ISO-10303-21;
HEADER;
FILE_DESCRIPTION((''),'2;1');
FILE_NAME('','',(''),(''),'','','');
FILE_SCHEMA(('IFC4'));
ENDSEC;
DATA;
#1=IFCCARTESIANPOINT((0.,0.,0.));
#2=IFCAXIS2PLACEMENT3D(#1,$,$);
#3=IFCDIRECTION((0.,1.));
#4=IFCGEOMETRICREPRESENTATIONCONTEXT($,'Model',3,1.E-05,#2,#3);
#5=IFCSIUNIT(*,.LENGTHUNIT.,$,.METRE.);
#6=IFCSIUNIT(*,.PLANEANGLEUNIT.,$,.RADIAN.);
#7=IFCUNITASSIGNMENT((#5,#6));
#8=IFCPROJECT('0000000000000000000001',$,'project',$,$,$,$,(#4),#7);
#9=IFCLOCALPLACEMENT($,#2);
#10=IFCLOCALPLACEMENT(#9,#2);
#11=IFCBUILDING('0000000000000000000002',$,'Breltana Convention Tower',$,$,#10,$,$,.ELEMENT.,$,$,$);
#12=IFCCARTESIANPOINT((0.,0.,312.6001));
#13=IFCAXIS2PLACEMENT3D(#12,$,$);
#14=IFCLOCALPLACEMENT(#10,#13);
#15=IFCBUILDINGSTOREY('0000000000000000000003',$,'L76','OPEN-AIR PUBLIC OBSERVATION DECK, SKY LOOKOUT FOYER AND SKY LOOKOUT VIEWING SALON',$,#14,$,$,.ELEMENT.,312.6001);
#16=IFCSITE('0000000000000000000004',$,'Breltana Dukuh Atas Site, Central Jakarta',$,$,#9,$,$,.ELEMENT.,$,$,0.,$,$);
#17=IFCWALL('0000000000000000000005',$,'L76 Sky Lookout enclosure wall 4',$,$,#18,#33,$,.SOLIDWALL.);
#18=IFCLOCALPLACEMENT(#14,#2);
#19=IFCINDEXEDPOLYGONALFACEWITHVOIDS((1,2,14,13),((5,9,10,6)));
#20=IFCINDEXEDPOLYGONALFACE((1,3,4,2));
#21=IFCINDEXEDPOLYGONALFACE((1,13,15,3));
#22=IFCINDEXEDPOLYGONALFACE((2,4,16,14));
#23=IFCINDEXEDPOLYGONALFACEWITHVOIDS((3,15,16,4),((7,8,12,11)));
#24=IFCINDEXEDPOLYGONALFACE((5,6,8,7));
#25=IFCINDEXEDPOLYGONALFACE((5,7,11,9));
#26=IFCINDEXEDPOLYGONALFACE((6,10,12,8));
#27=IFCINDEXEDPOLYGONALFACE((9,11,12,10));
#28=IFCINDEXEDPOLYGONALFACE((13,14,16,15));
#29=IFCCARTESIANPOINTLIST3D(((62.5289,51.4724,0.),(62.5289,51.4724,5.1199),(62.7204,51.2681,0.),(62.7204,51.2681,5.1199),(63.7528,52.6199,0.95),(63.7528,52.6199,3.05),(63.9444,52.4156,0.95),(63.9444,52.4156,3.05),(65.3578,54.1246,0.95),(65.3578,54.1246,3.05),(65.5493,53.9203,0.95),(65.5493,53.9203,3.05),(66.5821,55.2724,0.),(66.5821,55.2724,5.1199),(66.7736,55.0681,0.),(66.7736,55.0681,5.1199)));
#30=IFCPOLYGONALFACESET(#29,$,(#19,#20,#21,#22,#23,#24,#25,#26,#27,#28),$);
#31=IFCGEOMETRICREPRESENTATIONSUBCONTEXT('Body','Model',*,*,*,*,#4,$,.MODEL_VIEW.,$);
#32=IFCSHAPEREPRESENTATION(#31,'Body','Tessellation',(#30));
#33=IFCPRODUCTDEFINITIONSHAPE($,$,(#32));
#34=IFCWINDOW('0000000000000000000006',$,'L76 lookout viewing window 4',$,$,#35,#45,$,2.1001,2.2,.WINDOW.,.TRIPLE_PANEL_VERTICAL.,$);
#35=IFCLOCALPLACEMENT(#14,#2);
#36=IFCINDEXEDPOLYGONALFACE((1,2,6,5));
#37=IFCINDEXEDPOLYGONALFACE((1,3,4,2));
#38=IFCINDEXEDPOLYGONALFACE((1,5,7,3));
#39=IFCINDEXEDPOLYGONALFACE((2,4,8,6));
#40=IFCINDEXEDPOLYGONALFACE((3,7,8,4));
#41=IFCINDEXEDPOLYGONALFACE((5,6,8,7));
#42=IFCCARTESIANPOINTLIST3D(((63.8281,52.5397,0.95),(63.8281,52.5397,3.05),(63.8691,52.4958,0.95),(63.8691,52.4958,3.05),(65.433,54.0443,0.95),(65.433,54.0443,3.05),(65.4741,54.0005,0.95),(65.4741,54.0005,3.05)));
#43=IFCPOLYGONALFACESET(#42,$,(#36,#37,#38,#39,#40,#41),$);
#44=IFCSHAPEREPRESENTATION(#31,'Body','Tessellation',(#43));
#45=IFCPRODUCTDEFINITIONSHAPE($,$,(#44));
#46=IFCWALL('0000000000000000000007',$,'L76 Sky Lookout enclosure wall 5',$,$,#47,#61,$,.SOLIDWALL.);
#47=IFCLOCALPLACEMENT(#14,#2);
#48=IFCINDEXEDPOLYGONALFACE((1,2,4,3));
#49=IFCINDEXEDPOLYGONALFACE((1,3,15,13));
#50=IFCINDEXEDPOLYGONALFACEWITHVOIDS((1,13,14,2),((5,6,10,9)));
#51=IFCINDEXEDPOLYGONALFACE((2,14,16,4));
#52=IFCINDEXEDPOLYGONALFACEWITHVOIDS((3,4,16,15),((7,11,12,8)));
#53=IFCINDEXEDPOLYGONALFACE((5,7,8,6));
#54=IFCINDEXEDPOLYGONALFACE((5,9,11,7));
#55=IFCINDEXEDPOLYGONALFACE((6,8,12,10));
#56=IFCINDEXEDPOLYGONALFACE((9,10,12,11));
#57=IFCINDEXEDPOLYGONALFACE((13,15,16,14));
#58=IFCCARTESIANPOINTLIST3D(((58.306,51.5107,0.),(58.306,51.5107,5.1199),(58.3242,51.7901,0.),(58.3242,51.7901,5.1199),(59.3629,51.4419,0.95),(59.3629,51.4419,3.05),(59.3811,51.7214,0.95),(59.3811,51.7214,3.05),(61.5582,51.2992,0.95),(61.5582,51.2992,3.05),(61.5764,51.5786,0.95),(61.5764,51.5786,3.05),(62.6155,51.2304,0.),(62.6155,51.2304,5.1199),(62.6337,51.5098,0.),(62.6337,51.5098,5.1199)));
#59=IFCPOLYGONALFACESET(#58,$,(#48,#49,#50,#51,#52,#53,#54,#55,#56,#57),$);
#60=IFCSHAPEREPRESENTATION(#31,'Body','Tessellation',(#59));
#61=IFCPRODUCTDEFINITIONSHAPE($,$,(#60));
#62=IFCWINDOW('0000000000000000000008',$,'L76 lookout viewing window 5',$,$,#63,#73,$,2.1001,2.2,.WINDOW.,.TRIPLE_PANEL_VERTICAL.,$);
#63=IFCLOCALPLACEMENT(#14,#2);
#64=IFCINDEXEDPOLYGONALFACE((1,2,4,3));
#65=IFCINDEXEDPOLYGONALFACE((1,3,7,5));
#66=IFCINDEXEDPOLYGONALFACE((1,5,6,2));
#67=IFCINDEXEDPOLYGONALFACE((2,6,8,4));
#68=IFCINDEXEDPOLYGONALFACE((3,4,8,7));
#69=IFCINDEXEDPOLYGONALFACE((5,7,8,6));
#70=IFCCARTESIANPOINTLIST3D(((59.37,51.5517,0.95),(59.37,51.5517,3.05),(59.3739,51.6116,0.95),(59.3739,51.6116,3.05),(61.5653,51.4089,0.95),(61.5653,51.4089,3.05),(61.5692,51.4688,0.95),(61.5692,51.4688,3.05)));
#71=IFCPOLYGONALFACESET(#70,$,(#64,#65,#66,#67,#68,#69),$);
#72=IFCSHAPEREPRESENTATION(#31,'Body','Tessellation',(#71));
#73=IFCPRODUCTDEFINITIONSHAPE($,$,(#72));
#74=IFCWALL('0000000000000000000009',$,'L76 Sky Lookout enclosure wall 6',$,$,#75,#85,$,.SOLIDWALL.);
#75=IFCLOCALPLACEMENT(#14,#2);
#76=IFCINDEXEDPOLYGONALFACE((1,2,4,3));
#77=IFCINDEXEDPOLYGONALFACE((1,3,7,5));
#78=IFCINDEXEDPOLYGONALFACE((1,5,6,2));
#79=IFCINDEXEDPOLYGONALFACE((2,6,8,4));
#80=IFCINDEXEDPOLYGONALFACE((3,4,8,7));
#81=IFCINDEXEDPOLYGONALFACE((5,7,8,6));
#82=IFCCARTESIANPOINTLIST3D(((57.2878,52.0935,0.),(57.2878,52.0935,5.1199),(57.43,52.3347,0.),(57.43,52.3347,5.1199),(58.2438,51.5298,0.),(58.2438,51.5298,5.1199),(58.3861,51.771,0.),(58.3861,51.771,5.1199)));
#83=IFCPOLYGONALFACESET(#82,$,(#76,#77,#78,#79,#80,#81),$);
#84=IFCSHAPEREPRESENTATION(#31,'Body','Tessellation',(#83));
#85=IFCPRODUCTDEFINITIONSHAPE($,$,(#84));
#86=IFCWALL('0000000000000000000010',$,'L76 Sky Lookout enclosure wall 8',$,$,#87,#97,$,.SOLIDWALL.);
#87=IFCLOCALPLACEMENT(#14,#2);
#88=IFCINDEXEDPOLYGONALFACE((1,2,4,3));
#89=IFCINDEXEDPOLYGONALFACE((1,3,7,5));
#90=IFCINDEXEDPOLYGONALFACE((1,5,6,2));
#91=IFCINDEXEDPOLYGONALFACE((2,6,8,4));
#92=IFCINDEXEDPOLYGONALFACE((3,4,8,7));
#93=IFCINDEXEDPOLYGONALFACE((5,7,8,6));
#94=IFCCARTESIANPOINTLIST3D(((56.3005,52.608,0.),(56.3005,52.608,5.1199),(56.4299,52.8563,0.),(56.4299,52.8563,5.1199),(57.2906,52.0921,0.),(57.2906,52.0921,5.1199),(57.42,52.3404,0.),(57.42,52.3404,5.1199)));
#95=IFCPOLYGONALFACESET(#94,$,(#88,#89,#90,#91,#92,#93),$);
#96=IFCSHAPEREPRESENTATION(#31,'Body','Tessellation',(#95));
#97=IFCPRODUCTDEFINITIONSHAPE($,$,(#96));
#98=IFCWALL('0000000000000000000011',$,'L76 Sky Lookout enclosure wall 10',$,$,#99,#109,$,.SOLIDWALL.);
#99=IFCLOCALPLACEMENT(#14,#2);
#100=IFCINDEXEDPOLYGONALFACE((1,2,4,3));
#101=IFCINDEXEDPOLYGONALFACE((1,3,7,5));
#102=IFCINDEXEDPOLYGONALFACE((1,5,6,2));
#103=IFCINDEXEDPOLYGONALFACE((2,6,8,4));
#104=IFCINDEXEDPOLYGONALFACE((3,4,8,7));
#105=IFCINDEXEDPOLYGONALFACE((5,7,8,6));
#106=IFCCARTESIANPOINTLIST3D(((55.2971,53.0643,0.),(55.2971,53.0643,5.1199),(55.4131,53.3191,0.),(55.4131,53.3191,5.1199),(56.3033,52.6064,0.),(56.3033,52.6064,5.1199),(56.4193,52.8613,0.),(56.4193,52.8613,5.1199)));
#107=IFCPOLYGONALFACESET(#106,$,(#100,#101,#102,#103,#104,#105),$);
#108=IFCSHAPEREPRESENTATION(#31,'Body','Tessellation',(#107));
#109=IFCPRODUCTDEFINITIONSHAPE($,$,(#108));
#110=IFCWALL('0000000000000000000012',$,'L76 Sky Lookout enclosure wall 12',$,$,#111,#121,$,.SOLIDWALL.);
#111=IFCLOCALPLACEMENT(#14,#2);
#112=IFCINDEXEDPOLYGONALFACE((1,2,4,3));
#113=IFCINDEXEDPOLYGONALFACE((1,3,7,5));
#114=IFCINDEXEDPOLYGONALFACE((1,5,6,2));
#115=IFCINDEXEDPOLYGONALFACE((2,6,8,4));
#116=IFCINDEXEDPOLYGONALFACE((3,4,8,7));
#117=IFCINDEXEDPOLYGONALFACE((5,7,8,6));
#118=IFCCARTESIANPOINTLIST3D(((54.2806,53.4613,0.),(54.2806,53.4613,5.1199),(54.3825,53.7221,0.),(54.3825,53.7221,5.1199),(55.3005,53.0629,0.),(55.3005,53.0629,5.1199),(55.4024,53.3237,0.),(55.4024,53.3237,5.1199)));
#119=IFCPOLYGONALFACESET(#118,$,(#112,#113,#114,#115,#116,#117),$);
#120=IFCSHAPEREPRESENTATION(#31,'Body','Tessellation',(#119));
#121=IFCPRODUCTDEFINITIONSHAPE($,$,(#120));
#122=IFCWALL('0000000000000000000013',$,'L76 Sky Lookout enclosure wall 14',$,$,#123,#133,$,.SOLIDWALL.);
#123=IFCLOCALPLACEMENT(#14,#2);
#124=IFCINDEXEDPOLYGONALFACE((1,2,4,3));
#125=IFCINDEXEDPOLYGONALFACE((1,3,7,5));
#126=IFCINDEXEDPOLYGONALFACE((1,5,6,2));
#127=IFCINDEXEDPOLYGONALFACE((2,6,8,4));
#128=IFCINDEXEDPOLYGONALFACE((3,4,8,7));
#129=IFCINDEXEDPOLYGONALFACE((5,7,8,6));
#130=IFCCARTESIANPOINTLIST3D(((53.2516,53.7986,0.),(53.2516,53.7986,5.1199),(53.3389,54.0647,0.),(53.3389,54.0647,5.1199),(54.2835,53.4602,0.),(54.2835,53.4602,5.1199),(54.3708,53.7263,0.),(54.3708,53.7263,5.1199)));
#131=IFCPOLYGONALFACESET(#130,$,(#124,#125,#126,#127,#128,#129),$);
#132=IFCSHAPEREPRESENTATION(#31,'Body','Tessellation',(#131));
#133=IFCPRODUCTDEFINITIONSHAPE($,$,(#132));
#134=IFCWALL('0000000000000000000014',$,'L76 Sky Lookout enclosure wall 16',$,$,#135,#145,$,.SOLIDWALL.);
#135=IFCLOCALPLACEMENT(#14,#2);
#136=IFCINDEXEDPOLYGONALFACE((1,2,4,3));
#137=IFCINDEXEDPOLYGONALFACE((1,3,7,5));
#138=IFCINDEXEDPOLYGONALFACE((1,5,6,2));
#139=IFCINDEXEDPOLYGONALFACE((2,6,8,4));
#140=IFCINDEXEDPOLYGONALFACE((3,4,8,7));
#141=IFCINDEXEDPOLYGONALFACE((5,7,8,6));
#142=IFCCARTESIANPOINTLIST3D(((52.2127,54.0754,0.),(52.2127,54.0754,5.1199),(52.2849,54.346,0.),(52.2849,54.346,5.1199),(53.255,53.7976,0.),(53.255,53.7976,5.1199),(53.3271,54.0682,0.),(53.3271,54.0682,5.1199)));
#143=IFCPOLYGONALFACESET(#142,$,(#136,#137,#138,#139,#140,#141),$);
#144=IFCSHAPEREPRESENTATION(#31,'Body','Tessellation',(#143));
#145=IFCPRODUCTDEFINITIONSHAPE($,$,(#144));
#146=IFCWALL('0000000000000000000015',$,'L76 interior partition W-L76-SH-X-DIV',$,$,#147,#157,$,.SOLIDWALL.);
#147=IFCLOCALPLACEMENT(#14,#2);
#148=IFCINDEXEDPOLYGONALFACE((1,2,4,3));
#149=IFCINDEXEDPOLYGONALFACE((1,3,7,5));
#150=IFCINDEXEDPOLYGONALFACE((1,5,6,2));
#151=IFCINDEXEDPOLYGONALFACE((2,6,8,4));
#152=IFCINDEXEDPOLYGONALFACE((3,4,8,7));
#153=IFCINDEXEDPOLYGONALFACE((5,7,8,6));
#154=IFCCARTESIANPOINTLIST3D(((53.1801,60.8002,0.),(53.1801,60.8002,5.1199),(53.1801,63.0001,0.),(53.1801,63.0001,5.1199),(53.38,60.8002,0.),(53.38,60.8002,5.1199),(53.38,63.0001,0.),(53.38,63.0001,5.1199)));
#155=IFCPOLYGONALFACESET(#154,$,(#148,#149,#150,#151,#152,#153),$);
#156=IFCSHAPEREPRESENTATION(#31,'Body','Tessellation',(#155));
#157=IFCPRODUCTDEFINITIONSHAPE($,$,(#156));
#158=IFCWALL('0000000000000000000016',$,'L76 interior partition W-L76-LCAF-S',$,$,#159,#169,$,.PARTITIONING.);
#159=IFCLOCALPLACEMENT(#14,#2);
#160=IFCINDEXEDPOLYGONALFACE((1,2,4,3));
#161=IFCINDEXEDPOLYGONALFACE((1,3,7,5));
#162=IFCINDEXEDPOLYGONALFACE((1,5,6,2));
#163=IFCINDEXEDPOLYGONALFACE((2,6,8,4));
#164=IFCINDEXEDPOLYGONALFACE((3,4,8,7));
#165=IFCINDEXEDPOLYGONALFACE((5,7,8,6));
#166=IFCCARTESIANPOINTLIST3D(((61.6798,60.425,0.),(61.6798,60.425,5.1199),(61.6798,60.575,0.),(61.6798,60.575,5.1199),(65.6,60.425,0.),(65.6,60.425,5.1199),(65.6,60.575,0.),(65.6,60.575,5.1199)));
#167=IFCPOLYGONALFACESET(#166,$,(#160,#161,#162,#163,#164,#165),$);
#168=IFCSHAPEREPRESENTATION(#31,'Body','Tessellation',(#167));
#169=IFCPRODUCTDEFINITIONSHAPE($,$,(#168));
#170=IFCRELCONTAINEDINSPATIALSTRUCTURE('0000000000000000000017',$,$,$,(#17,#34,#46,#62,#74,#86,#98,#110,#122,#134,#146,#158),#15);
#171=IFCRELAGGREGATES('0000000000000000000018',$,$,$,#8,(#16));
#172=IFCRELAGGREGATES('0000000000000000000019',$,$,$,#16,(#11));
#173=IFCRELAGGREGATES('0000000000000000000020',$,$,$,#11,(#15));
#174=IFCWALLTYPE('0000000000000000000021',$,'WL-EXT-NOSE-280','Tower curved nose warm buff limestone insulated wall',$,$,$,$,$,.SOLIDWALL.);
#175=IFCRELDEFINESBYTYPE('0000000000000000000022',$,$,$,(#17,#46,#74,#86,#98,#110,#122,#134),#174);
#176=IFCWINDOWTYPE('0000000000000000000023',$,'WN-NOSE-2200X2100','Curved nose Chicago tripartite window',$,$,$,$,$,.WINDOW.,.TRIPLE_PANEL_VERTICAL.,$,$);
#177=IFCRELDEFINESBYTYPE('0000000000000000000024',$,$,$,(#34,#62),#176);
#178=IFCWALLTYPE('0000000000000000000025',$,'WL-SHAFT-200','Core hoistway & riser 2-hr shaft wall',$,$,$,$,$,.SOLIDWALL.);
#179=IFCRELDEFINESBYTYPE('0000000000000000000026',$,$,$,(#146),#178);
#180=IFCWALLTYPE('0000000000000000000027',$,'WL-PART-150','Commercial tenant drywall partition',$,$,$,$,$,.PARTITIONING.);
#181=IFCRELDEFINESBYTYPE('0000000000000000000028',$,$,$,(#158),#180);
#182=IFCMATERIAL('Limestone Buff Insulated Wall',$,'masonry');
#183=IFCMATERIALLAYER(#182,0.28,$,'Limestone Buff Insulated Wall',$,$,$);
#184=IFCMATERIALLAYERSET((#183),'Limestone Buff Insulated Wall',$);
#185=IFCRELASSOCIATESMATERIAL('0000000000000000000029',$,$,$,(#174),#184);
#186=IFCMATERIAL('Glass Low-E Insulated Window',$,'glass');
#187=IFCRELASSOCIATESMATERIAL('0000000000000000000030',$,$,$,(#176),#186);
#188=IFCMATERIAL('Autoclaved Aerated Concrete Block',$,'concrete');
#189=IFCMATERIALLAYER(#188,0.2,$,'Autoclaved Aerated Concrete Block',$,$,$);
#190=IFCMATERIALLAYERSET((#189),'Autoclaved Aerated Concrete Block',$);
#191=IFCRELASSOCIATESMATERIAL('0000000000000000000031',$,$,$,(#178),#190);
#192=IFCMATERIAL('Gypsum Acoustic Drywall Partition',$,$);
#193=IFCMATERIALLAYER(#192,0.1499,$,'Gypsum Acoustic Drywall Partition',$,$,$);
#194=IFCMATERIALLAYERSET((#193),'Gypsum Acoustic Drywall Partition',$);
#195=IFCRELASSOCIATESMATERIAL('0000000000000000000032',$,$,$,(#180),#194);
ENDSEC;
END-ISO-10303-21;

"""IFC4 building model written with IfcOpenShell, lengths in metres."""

from ifc_helpers import new_model, si_unit, direction, frame, frame_2d, origin, place, context, subcontext, project, spatial, rectangle, extrude, source, transform, mapped, material, layer, layer_set, type_object, type_shapes, element, fill, save


model = new_model("IFC4")

# Units and contexts
model_context = context("Model", 3, precision=1e-05, world=origin(), true_north=direction((0.0, 1.0)))
body_context = subcontext(model_context, "Body", "Model", "MODEL_VIEW")
ifc_project = project(units=[si_unit("LENGTHUNIT", "METRE"), si_unit("PLANEANGLEUNIT", "RADIAN")], contexts=[model_context])

# Site, building, storey
site_placement = place(None, origin())
site = spatial("IfcSite", under=ifc_project, at=site_placement, Name="Breltana Dukuh Atas Site, Central Jakarta", CompositionType="ELEMENT", RefElevation=0.0)
building_placement = place(site_placement, origin())
building = spatial("IfcBuilding", under=site, at=building_placement, Name="Breltana Convention Tower", CompositionType="ELEMENT")
storey_placement = place(building_placement, frame((0.0, 0.0, 312.6001)))
storey = spatial("IfcBuildingStorey", under=building, at=storey_placement, Name="L76", Description="OPEN-AIR PUBLIC OBSERVATION DECK, SKY LOOKOUT FOYER AND SKY LOOKOUT VIEWING SALON", CompositionType="ELEMENT", Elevation=312.6001)

# Walls, openings, windows
ifc_material_1 = material(Name="Limestone Buff Insulated Wall", Category="masonry")
ifc_layer_1 = layer(ifc_material_1, 0.28, Name="Limestone Buff Insulated Wall")
ifc_layer_set_1 = layer_set([ifc_layer_1], Name="Limestone Buff Insulated Wall")
wall_type_1 = type_object("IfcWallType", Name="WL-EXT-NOSE-280", Description="Tower curved nose warm buff limestone insulated wall", PredefinedType="SOLIDWALL", material=ifc_layer_set_1)
ifc_material_2 = material(Name="Glass Low-E Insulated Window", Category="glass")
window_type = type_object("IfcWindowType", Name="WN-NOSE-2200X2100", Description="Curved nose Chicago tripartite window", PartitioningType="TRIPLE_PANEL_VERTICAL", PredefinedType="WINDOW", material=ifc_material_2)
shared_shape_1 = source(origin(), body_context, "Body", "SweptSolid", [
    extrude(rectangle(XDim=2.2, YDim=2.1001, at=frame_2d((1.1001, 1.05))), frame((0.0, 0.03, 0.0), z_axis=(0.0, -1.0, 0.0), x_axis=(1.0, 0.0, 0.0)), (0.0, 0.0, 1.0), 0.0601),
])
type_shapes(window_type, [shared_shape_1])
shared_shape_2 = source(origin(), body_context, "Body", "SweptSolid", [
    extrude(rectangle(XDim=5.5559, YDim=0.28, at=frame_2d((2.7778, 0.0))), origin(), (0.0, 0.0, 1.0), 5.1199),
])
wall_1_placement = place(storey_placement, frame((66.6777, 55.1702, 0.0), z_axis=(0.0, 0.0, 1.0), x_axis=(-0.729524, -0.683956, 0.0)))
wall_1 = element("IfcWall", 1, at=wall_1_placement, inside=storey, type_object=wall_type_1, Name="L76 Sky Lookout enclosure wall 4", PredefinedType="SOLIDWALL", context=body_context, shape_type="MappedRepresentation", body=[
    mapped(shared_shape_2, transform((0.0, 0.0, 0.0), scale=1.0)),
])
opening_1_placement = place(wall_1_placement, frame((1.678, 0.0, 0.95)))
opening_1 = element("IfcOpeningElement", 2, at=opening_1_placement, cuts=wall_1, PredefinedType="OPENING", context=body_context, shape_type="SweptSolid", body=[
    extrude(rectangle(XDim=2.2, YDim=2.1001, at=frame_2d((1.1001, 1.05))), frame((0.0, 0.1499, 0.0), z_axis=(0.0, -1.0, 0.0), x_axis=(1.0, 0.0, 0.0)), (0.0, 0.0, 1.0), 0.3),
])
window_1_placement = place(opening_1_placement, origin())
window_1 = element("IfcWindow", 3, at=window_1_placement, inside=storey, type_object=window_type, Name="L76 lookout viewing window 4", OverallHeight=2.1001, OverallWidth=2.2, PartitioningType="TRIPLE_PANEL_VERTICAL", PredefinedType="WINDOW", context=body_context, shape_type="MappedRepresentation", body=[
    mapped(shared_shape_1, transform((0.0, 0.0, 0.0), scale=1.0)),
])
fill(opening_1, window_1)
shared_shape_3 = source(origin(), body_context, "Body", "SweptSolid", [
    extrude(rectangle(XDim=4.3186, YDim=0.28, at=frame_2d((2.1592, 0.0))), origin(), (0.0, 0.0, 1.0), 5.1199),
])
wall_2_placement = place(storey_placement, frame((62.6245, 51.3701, 0.0), z_axis=(0.0, 0.0, 1.0), x_axis=(-0.997892, 0.064898, 0.0)))
wall_2 = element("IfcWall", 4, at=wall_2_placement, inside=storey, type_object=wall_type_1, Name="L76 Sky Lookout enclosure wall 5", PredefinedType="SOLIDWALL", context=body_context, shape_type="MappedRepresentation", body=[
    mapped(shared_shape_3, transform((0.0, 0.0, 0.0), scale=1.0)),
])
opening_2_placement = place(wall_2_placement, frame((1.0593, 0.0, 0.95)))
opening_2 = element("IfcOpeningElement", 5, at=opening_2_placement, cuts=wall_2, PredefinedType="OPENING", context=body_context, shape_type="SweptSolid", body=[
    extrude(rectangle(XDim=2.2, YDim=2.1001, at=frame_2d((1.1001, 1.05))), frame((0.0, 0.1499, 0.0), z_axis=(0.0, -1.0, 0.0), x_axis=(1.0, 0.0, 0.0)), (0.0, 0.0, 1.0), 0.3),
])
window_2_placement = place(opening_2_placement, origin())
window_2 = element("IfcWindow", 6, at=window_2_placement, inside=storey, type_object=window_type, Name="L76 lookout viewing window 5", OverallHeight=2.1001, OverallWidth=2.2, PartitioningType="TRIPLE_PANEL_VERTICAL", PredefinedType="WINDOW", context=body_context, shape_type="MappedRepresentation", body=[
    mapped(shared_shape_1, transform((0.0, 0.0, 0.0), scale=1.0)),
])
fill(opening_2, window_2)

# Walls
shared_shape_4 = source(origin(), body_context, "Body", "SweptSolid", [
    extrude(rectangle(XDim=1.1099, YDim=0.28, at=frame_2d((0.5549, 0.0))), origin(), (0.0, 0.0, 1.0), 5.1199),
])
wall_3_placement = place(storey_placement, frame((58.3149, 51.6504, 0.0), z_axis=(0.0, 0.0, 1.0), x_axis=(-0.861408, 0.507914, 0.0)))
element("IfcWall", 7, at=wall_3_placement, inside=storey, type_object=wall_type_1, Name="L76 Sky Lookout enclosure wall 6", PredefinedType="SOLIDWALL", context=body_context, shape_type="MappedRepresentation", body=[
    mapped(shared_shape_4, transform((0.0, 0.0, 0.0), scale=1.0)),
])
shared_shape_5 = source(origin(), body_context, "Body", "SweptSolid", [
    extrude(rectangle(XDim=1.1165, YDim=0.28, at=frame_2d((0.5581, 0.0))), origin(), (0.0, 0.0, 1.0), 5.1199),
])
wall_4_placement = place(storey_placement, frame((57.3552, 52.2163, 0.0), z_axis=(0.0, 0.0, 1.0), x_axis=(-0.886823, 0.46211, 0.0)))
element("IfcWall", 8, at=wall_4_placement, inside=storey, type_object=wall_type_1, Name="L76 Sky Lookout enclosure wall 8", PredefinedType="SOLIDWALL", context=body_context, shape_type="MappedRepresentation", body=[
    mapped(shared_shape_5, transform((0.0, 0.0, 0.0), scale=1.0)),
])
shared_shape_6 = source(origin(), body_context, "Body", "SweptSolid", [
    extrude(rectangle(XDim=1.1055, YDim=0.28, at=frame_2d((0.5527, 0.0))), origin(), (0.0, 0.0, 1.0), 5.1199),
])
wall_5_placement = place(storey_placement, frame((56.3613, 52.7339, 0.0), z_axis=(0.0, 0.0, 1.0), x_axis=(-0.910215, 0.414136, 0.0)))
element("IfcWall", 9, at=wall_5_placement, inside=storey, type_object=wall_type_1, Name="L76 Sky Lookout enclosure wall 10", PredefinedType="SOLIDWALL", context=body_context, shape_type="MappedRepresentation", body=[
    mapped(shared_shape_6, transform((0.0, 0.0, 0.0), scale=1.0)),
])
shared_shape_7 = source(origin(), body_context, "Body", "SweptSolid", [
    extrude(rectangle(XDim=1.095, YDim=0.28, at=frame_2d((0.5474, 0.0))), origin(), (0.0, 0.0, 1.0), 5.1199),
])
wall_6_placement = place(storey_placement, frame((55.3513, 53.1934, 0.0), z_axis=(0.0, 0.0, 1.0), x_axis=(-0.93146, 0.363844, 0.0)))
element("IfcWall", 10, at=wall_6_placement, inside=storey, type_object=wall_type_1, Name="L76 Sky Lookout enclosure wall 12", PredefinedType="SOLIDWALL", context=body_context, shape_type="MappedRepresentation", body=[
    mapped(shared_shape_7, transform((0.0, 0.0, 0.0), scale=1.0)),
])
shared_shape_8 = source(origin(), body_context, "Body", "SweptSolid", [
    extrude(rectangle(XDim=1.0859, YDim=0.28, at=frame_2d((0.543, 0.0))), origin(), (0.0, 0.0, 1.0), 5.1199),
])
wall_7_placement = place(storey_placement, frame((54.3271, 53.5933, 0.0), z_axis=(0.0, 0.0, 1.0), x_axis=(-0.950223, 0.311571, 0.0)))
element("IfcWall", 11, at=wall_7_placement, inside=storey, type_object=wall_type_1, Name="L76 Sky Lookout enclosure wall 14", PredefinedType="SOLIDWALL", context=body_context, shape_type="MappedRepresentation", body=[
    mapped(shared_shape_8, transform((0.0, 0.0, 0.0), scale=1.0)),
])
shared_shape_9 = source(origin(), body_context, "Body", "SweptSolid", [
    extrude(rectangle(XDim=1.0786, YDim=0.28, at=frame_2d((0.5393, 0.0))), origin(), (0.0, 0.0, 1.0), 5.1199),
])
wall_8_placement = place(storey_placement, frame((53.291, 53.9329, 0.0), z_axis=(0.0, 0.0, 1.0), x_axis=(-0.966257, 0.257578, 0.0)))
element("IfcWall", 12, at=wall_8_placement, inside=storey, type_object=wall_type_1, Name="L76 Sky Lookout enclosure wall 16", PredefinedType="SOLIDWALL", context=body_context, shape_type="MappedRepresentation", body=[
    mapped(shared_shape_9, transform((0.0, 0.0, 0.0), scale=1.0)),
])
ifc_material_3 = material(Name="Autoclaved Aerated Concrete Block", Category="concrete")
ifc_layer_2 = layer(ifc_material_3, 0.2, Name="Autoclaved Aerated Concrete Block")
ifc_layer_set_2 = layer_set([ifc_layer_2], Name="Autoclaved Aerated Concrete Block")
wall_type_2 = type_object("IfcWallType", Name="WL-SHAFT-200", Description="Core hoistway & riser 2-hr shaft wall", PredefinedType="SOLIDWALL", material=ifc_layer_set_2)
shared_shape_10 = source(origin(), body_context, "Body", "SweptSolid", [
    extrude(rectangle(XDim=2.2, YDim=0.2, at=frame_2d((1.1001, 0.0))), origin(), (0.0, 0.0, 1.0), 5.1199),
])
wall_9_placement = place(storey_placement, frame((53.28, 60.8, 0.0), z_axis=(0.0, 0.0, 1.0), x_axis=(0.0, 1.0, 0.0)))
element("IfcWall", 13, at=wall_9_placement, inside=storey, type_object=wall_type_2, Name="L76 interior partition W-L76-SH-X-DIV", PredefinedType="SOLIDWALL", context=body_context, shape_type="MappedRepresentation", body=[
    mapped(shared_shape_10, transform((0.0, 0.0, 0.0), scale=1.0)),
])
ifc_material_4 = material(Name="Gypsum Acoustic Drywall Partition")
ifc_layer_3 = layer(ifc_material_4, 0.1499, Name="Gypsum Acoustic Drywall Partition")
ifc_layer_set_3 = layer_set([ifc_layer_3], Name="Gypsum Acoustic Drywall Partition")
wall_type_3 = type_object("IfcWallType", Name="WL-PART-150", Description="Commercial tenant drywall partition", PredefinedType="PARTITIONING", material=ifc_layer_set_3)
shared_shape_11 = source(origin(), body_context, "Body", "SweptSolid", [
    extrude(rectangle(XDim=3.9202, YDim=0.1499, at=frame_2d((1.96, 0.0))), origin(), (0.0, 0.0, 1.0), 5.1199),
])
wall_10_placement = place(storey_placement, frame((61.6799, 60.5, 0.0), z_axis=(0.0, 0.0, 1.0), x_axis=(1.0, 0.0, 0.0)))
element("IfcWall", 14, at=wall_10_placement, inside=storey, type_object=wall_type_3, Name="L76 interior partition W-L76-LCAF-S", PredefinedType="PARTITIONING", context=body_context, shape_type="MappedRepresentation", body=[
    mapped(shared_shape_11, transform((0.0, 0.0, 0.0), scale=1.0)),
])

save(model, "model.ifc")
